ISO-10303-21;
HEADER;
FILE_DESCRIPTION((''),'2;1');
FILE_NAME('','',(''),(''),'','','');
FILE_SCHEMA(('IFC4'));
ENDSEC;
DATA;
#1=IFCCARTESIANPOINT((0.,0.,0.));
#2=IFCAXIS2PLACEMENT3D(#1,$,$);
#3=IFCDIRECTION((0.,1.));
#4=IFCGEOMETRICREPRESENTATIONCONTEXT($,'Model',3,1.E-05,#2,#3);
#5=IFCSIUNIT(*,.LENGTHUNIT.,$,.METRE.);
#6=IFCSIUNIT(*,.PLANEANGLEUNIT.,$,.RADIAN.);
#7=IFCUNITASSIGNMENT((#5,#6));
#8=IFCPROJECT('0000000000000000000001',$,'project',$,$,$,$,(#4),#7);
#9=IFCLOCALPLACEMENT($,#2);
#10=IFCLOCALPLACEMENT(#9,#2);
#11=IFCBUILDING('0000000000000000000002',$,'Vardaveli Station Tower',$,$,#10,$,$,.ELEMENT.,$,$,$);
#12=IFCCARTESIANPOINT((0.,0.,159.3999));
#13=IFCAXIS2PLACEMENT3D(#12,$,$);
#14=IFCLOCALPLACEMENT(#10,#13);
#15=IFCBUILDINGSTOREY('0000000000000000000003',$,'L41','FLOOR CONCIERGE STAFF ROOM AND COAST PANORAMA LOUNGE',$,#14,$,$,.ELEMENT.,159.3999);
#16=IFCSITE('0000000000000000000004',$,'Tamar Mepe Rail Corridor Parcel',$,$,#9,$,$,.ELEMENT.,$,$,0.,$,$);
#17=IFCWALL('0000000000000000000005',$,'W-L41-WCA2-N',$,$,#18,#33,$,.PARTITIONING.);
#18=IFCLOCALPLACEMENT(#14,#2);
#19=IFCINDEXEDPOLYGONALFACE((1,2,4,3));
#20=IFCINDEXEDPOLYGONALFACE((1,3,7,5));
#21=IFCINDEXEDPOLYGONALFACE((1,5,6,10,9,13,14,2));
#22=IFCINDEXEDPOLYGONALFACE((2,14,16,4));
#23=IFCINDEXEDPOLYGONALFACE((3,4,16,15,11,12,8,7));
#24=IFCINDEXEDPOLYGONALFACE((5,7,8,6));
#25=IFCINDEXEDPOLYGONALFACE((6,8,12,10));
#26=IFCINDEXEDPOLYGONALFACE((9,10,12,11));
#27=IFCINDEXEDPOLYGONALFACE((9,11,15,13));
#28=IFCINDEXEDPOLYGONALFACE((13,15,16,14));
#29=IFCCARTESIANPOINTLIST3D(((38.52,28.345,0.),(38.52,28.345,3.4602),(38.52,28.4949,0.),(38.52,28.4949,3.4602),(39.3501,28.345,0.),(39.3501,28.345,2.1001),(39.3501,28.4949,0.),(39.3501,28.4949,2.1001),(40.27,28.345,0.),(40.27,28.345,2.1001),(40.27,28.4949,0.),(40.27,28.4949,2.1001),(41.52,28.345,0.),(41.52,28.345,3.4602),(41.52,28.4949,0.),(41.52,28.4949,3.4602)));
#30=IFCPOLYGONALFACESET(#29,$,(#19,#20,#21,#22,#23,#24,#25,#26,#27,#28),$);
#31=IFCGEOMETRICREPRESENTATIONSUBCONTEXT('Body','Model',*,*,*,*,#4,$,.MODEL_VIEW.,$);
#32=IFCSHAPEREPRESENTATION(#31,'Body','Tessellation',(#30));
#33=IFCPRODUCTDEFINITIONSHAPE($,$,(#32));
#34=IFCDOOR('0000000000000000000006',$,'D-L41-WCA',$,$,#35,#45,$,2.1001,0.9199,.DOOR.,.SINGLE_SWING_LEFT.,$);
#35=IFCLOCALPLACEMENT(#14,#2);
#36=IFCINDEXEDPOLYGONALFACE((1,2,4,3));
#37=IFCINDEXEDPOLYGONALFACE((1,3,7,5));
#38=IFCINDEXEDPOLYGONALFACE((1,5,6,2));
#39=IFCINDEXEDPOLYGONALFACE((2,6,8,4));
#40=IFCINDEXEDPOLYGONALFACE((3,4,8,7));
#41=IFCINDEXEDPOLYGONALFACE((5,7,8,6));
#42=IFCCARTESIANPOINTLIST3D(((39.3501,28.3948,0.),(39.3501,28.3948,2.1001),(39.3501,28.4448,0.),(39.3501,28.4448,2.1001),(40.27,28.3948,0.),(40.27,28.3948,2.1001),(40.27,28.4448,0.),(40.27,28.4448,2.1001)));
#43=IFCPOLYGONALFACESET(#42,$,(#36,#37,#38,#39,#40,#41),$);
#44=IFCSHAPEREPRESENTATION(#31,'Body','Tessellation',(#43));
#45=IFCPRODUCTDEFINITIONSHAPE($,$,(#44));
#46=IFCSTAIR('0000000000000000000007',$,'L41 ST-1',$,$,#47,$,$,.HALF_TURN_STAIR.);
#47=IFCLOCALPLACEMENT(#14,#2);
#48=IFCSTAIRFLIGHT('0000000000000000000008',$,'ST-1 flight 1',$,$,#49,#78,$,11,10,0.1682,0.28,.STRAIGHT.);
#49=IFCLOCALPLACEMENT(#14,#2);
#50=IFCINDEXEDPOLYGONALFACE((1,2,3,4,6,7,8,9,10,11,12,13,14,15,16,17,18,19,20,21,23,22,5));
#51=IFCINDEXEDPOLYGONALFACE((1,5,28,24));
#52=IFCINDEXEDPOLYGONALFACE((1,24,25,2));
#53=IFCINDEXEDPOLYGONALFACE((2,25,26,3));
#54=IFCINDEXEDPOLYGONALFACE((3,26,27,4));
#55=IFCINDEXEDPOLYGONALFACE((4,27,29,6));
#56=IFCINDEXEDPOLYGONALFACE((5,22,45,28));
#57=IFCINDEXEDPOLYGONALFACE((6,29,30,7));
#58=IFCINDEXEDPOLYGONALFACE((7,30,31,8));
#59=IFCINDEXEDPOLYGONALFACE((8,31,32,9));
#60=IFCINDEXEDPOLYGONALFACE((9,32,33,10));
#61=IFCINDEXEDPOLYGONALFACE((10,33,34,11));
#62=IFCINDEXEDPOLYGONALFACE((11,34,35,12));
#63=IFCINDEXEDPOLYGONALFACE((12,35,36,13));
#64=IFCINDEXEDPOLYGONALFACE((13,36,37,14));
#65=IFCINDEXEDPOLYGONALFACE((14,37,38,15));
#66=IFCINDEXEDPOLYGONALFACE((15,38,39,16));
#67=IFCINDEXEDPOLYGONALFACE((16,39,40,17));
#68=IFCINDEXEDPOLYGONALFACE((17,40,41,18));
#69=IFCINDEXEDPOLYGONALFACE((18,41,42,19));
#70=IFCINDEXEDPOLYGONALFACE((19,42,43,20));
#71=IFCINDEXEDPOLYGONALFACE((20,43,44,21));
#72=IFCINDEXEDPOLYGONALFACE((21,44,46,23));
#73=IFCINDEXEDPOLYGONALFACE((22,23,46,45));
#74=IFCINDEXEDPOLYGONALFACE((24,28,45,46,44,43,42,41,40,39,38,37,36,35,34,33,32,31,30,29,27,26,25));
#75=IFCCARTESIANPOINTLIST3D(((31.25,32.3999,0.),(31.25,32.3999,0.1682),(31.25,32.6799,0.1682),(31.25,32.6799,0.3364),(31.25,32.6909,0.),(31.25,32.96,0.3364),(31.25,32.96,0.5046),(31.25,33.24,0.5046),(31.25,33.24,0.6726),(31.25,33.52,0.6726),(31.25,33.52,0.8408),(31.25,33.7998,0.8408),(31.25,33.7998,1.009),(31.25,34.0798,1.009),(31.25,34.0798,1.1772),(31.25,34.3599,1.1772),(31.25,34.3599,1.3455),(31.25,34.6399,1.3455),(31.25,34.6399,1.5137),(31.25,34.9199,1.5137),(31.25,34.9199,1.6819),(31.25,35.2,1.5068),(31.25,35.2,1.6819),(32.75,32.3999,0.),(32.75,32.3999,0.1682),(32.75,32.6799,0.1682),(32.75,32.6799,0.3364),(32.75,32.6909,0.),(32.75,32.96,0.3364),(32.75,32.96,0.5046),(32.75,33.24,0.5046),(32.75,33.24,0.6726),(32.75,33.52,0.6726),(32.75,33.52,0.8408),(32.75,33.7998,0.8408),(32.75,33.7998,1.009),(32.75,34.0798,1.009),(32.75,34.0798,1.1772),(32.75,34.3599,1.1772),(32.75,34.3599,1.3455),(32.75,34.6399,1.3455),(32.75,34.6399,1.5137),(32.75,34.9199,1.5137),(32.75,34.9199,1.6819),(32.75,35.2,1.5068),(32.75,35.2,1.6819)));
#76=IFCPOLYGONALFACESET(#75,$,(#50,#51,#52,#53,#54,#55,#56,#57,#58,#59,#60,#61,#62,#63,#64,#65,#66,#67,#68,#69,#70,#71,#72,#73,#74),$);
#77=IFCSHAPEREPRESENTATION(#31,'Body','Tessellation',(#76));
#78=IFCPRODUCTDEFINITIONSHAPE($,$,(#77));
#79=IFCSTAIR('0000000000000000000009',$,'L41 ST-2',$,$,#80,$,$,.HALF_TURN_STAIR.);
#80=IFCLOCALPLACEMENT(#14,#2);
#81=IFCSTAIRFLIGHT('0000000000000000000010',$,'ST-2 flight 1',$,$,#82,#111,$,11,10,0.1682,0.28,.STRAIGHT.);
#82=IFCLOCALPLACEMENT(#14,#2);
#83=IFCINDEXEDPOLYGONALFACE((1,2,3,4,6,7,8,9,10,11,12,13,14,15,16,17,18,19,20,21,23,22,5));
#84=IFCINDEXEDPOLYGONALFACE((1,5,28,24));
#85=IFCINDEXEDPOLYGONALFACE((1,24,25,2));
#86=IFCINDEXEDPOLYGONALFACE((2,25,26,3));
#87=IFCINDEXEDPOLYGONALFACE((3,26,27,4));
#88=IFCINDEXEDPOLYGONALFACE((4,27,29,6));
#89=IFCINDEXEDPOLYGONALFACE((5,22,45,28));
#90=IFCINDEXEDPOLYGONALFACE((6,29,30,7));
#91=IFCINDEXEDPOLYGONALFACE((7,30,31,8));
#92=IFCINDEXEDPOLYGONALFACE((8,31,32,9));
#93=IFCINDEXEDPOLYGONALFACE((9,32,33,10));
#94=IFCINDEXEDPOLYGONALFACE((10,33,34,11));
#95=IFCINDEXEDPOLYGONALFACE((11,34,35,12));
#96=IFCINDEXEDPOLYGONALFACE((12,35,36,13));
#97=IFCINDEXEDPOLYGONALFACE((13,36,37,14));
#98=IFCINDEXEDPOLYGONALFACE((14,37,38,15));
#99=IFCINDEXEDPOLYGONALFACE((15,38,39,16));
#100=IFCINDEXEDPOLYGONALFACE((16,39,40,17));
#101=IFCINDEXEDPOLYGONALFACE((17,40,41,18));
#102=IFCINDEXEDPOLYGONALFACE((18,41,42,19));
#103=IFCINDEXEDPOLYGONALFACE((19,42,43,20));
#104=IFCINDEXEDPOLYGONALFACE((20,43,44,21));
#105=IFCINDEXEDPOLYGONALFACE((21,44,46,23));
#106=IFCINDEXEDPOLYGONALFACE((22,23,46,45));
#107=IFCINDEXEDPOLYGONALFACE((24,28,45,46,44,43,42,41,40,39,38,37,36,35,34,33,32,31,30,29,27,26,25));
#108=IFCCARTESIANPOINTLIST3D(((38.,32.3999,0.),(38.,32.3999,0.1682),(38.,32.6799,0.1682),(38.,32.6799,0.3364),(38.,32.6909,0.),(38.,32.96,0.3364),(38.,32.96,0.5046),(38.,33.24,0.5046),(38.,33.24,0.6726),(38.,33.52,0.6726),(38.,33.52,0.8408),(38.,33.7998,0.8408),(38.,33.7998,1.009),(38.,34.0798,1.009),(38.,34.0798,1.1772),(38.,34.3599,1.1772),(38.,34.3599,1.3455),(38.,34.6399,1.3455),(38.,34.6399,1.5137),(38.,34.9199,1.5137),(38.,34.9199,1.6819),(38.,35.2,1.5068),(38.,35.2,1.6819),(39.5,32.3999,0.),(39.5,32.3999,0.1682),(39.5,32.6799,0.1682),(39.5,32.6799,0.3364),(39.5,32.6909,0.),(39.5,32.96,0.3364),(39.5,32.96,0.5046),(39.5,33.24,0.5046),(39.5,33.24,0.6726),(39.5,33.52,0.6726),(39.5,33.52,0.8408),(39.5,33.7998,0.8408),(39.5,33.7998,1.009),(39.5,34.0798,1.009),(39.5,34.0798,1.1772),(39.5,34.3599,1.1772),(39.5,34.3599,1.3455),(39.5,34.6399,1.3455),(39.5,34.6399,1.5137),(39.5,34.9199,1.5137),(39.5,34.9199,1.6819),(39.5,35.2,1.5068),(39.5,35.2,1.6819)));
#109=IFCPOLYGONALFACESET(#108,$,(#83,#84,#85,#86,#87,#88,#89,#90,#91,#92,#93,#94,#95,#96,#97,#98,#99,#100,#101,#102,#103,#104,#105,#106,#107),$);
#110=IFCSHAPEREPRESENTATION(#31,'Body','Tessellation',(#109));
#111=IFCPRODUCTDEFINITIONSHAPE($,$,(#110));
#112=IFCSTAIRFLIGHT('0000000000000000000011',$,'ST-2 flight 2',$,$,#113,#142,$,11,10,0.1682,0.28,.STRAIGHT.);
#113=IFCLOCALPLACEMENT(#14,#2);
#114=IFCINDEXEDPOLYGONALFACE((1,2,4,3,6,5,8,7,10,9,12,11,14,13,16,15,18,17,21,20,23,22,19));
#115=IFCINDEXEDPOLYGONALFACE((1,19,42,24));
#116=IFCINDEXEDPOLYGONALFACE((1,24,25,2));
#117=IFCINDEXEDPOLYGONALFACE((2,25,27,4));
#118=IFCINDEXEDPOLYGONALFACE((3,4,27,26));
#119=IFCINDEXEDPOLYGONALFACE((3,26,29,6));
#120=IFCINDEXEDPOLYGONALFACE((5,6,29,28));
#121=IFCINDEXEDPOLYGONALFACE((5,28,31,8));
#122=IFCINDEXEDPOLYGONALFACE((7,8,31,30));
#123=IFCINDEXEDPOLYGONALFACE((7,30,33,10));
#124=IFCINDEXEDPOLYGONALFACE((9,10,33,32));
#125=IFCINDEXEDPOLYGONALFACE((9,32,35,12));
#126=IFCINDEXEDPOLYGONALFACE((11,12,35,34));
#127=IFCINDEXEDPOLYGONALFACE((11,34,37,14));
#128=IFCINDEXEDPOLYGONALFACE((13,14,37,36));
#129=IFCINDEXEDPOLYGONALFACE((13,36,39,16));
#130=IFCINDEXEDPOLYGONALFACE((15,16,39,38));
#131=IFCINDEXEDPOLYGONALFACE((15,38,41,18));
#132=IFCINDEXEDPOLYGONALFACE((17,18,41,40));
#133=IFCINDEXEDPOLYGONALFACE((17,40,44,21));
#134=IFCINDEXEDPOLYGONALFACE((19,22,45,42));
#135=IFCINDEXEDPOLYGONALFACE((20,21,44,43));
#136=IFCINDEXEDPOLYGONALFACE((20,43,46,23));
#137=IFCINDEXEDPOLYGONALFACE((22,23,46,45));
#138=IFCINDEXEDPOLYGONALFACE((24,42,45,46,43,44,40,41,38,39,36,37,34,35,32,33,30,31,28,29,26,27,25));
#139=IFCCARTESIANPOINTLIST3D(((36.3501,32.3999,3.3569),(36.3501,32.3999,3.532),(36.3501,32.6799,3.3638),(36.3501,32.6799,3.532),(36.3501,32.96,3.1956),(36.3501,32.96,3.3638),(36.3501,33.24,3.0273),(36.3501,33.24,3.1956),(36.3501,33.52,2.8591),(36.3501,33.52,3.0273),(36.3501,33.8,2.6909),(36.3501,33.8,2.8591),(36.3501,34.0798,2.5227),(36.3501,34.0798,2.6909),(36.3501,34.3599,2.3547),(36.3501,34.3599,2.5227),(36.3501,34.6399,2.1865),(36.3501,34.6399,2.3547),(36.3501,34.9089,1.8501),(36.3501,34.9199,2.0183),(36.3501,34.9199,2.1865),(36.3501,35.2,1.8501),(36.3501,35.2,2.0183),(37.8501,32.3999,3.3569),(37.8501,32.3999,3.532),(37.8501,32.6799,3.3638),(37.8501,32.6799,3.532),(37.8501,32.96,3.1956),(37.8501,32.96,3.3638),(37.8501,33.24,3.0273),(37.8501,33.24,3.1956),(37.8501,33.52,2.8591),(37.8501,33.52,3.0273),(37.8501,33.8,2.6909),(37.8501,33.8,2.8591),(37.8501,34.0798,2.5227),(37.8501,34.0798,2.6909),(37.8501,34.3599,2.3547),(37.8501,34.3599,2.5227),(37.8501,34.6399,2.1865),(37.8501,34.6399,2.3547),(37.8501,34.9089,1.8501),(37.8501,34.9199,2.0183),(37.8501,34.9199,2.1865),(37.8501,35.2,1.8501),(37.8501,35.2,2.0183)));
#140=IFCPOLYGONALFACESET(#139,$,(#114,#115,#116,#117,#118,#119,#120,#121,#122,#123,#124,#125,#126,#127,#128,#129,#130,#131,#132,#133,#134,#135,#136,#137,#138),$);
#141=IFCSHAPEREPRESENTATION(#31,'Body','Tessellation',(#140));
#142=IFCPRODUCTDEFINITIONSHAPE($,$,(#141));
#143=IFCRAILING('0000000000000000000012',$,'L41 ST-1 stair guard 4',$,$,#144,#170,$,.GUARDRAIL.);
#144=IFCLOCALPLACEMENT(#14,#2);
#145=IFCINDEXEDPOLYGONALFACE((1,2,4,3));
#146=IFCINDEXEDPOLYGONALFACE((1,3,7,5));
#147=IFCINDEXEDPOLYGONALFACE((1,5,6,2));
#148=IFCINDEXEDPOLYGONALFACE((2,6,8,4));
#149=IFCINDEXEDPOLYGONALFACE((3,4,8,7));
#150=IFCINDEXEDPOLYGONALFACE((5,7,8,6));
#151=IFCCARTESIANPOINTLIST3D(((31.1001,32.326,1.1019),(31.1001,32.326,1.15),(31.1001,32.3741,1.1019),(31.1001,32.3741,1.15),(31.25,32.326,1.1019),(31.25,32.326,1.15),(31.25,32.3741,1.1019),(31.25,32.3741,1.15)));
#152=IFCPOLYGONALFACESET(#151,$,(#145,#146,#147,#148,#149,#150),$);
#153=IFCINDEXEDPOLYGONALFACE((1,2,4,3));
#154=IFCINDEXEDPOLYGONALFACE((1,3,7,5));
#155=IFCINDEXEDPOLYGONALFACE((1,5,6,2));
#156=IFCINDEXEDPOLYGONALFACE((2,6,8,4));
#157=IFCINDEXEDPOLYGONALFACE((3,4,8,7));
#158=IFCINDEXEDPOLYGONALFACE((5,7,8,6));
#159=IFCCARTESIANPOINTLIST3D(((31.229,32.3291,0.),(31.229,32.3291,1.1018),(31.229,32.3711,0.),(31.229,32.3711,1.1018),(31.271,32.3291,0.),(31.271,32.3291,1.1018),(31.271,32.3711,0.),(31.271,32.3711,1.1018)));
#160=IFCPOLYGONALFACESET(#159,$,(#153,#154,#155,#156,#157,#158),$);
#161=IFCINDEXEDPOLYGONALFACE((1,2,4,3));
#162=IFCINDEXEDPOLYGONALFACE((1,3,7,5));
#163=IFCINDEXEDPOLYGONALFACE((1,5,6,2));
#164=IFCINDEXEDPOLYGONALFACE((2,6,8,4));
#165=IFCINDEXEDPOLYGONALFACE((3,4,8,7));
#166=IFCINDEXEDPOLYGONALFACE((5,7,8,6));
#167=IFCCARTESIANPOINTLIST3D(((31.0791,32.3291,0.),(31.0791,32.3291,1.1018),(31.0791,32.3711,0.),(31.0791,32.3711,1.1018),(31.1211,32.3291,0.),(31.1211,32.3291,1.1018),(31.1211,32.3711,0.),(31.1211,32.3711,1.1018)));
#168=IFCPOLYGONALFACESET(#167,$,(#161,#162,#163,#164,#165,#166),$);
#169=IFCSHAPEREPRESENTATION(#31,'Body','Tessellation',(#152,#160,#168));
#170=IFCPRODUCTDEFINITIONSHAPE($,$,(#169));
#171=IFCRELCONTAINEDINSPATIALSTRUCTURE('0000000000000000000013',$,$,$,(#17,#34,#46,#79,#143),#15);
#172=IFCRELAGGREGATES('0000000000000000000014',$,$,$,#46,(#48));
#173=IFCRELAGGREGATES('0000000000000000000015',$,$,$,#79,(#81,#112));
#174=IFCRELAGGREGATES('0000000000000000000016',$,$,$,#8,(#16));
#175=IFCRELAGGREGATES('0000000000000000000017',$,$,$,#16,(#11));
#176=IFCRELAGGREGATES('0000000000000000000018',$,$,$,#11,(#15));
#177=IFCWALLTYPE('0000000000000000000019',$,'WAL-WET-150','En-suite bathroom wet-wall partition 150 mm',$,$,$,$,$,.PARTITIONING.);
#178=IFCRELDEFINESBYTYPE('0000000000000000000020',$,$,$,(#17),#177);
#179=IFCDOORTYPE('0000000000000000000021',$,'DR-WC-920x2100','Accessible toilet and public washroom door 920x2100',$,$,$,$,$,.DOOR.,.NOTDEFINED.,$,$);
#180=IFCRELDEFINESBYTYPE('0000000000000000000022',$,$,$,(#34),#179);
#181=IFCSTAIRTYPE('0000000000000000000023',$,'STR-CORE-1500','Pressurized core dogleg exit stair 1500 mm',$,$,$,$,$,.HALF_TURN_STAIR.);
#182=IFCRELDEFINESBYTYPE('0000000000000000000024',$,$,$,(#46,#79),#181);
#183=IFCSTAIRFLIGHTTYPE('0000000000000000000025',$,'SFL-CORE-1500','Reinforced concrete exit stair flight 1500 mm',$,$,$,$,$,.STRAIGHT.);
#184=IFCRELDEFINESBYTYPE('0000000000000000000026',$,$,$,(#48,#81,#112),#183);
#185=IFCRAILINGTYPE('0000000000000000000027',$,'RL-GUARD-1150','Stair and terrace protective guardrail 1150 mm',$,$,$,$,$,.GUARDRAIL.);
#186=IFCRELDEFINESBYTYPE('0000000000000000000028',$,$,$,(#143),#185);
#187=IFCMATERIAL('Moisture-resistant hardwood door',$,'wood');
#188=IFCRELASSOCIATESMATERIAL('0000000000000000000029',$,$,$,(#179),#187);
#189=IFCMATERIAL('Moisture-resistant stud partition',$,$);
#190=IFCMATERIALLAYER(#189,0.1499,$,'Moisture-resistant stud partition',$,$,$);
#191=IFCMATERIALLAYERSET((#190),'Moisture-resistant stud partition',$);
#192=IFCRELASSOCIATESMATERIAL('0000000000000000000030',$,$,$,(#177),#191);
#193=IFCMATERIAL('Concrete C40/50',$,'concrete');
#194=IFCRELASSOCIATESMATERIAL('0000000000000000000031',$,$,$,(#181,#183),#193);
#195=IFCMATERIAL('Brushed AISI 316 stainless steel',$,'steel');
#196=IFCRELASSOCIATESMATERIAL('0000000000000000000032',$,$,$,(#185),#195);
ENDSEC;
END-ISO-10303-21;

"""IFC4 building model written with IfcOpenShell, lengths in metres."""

from ifc_helpers import new_model, si_unit, direction, frame, frame_2d, origin, origin_2d, place, context, subcontext, project, spatial, polyline, rectangle, outline, extrude, source, transform, mapped, material, layer, layer_set, type_object, element, fill, aggregate, save


model = new_model("IFC4")

# Units and contexts
model_context = context("Model", 3, precision=1e-05, world=origin(), true_north=direction((0.0, 1.0)))
body_context = subcontext(model_context, "Body", "Model", "MODEL_VIEW")
ifc_project = project(units=[si_unit("LENGTHUNIT", "METRE"), si_unit("PLANEANGLEUNIT", "RADIAN")], contexts=[model_context])

# Site, building, storey
site_placement = place(None, origin())
site = spatial("IfcSite", under=ifc_project, at=site_placement, Name="Tamar Mepe Rail Corridor Parcel", CompositionType="ELEMENT", RefElevation=0.0)
building_placement = place(site_placement, origin())
building = spatial("IfcBuilding", under=site, at=building_placement, Name="Vardaveli Station Tower", CompositionType="ELEMENT")
storey_placement = place(building_placement, frame((0.0, 0.0, 159.3999)))
storey = spatial("IfcBuildingStorey", under=building, at=storey_placement, Name="L41", Description="FLOOR CONCIERGE STAFF ROOM AND COAST PANORAMA LOUNGE", CompositionType="ELEMENT", Elevation=159.3999)

# Shared definitions
ifc_material_1 = material(Name="Concrete C40/50", Category="concrete")

# Wall, opening, door
ifc_material_2 = material(Name="Moisture-resistant hardwood door", Category="wood")
door_type_1 = type_object("IfcDoorType", Name="DR-WC-920x2100", Description="Accessible toilet and public washroom door 920x2100", OperationType="NOTDEFINED", PredefinedType="DOOR", material=ifc_material_2)
shared_shape_1 = source(origin(), body_context, "Body", "SweptSolid", [
    extrude(rectangle(XDim=0.9199, YDim=2.1001, at=frame_2d((0.46, 1.05))), frame((0.0, 0.0249, 0.0), z_axis=(0.0, -1.0, 0.0), x_axis=(1.0, 0.0, 0.0)), (0.0, 0.0, 1.0), 0.05),
])
ifc_material_3 = material(Name="Moisture-resistant stud partition")
ifc_layer_1 = layer(ifc_material_3, 0.1499, Name="Moisture-resistant stud partition")
ifc_layer_set_1 = layer_set([ifc_layer_1], Name="Moisture-resistant stud partition")
wall_type_1 = type_object("IfcWallType", Name="WAL-WET-150", Description="En-suite bathroom wet-wall partition 150 mm", PredefinedType="PARTITIONING", material=ifc_layer_set_1)
shared_shape_2 = source(origin(), body_context, "Body", "SweptSolid", [
    extrude(rectangle(XDim=3.0, YDim=0.1499, at=frame_2d((1.5, 0.0))), origin(), (0.0, 0.0, 1.0), 3.4602),
])
wall_1_placement = place(storey_placement, frame((38.52, 28.4199, 0.0), z_axis=(0.0, 0.0, 1.0), x_axis=(1.0, 0.0, 0.0)))
wall_1 = element("IfcWall", 1, at=wall_1_placement, inside=storey, type_object=wall_type_1, Name="W-L41-WCA2-N", PredefinedType="PARTITIONING", context=body_context, shape_type="MappedRepresentation", body=[
    mapped(shared_shape_2, transform((0.0, 0.0, 0.0), scale=1.0)),
])
shared_shape_3 = source(origin(), body_context, "Body", "SweptSolid", [
    extrude(rectangle(XDim=0.9199, YDim=2.1001, at=frame_2d((0.46, 1.05))), frame((0.0, 0.085, 0.0), z_axis=(0.0, -1.0, 0.0), x_axis=(1.0, 0.0, 0.0)), (0.0, 0.0, 1.0), 0.1699),
])
opening_1_placement = place(wall_1_placement, frame((0.8301, 0.0, 0.0)))
opening_1 = element("IfcOpeningElement", 2, at=opening_1_placement, cuts=wall_1, PredefinedType="OPENING", context=body_context, shape_type="MappedRepresentation", body=[
    mapped(shared_shape_3, transform((0.0, 0.0, 0.0), scale=1.0)),
])
door_1_placement = place(opening_1_placement, origin())
door_1 = element("IfcDoor", 3, at=door_1_placement, inside=storey, type_object=door_type_1, Name="D-L41-WCA", OperationType="SINGLE_SWING_LEFT", OverallHeight=2.1001, OverallWidth=0.9199, PredefinedType="DOOR", context=body_context, shape_type="MappedRepresentation", body=[
    mapped(shared_shape_1, transform((0.0, 0.0, 0.0), scale=1.0)),
])
fill(opening_1, door_1)

# Stair, stair flight
stair_type = type_object("IfcStairType", Name="STR-CORE-1500", Description="Pressurized core dogleg exit stair 1500 mm", PredefinedType="HALF_TURN_STAIR", material=ifc_material_1)
stair_1_placement = place(storey_placement, origin())
stair_1 = element("IfcStair", 4, at=stair_1_placement, inside=storey, type_object=stair_type, Name="L41 ST-1", PredefinedType="HALF_TURN_STAIR")
stair_flight_type = type_object("IfcStairFlightType", Name="SFL-CORE-1500", Description="Reinforced concrete exit stair flight 1500 mm", PredefinedType="STRAIGHT", material=ifc_material_1)
shared_shape_4 = source(origin(), body_context, "Body", "SweptSolid", [
    extrude(outline(polyline([(0.0, 0.0), (0.0, 0.1682), (0.28, 0.1682), (0.28, 0.3364), (0.5601, 0.3364), (0.5601, 0.5046), (0.8401, 0.5046), (0.8401, 0.6726), (1.1201, 0.6726), (1.1201, 0.8408), (1.3999, 0.8408), (1.3999, 1.009), (1.6799, 1.009), (1.6799, 1.1772), (1.96, 1.1772), (1.96, 1.3455), (2.24, 1.3455), (2.24, 1.5137), (2.52, 1.5137), (2.52, 1.6819), (2.8, 1.6819), (2.8, 1.8501), (2.8, 1.5068), (0.291, 0.0), (0.0, 0.0)])), frame((0.0, 0.75, 0.0), z_axis=(0.0, -1.0, 0.0), x_axis=(1.0, 0.0, 0.0)), (0.0, 0.0, 1.0), 1.5),
])
stair_flight_1_placement = place(storey_placement, frame((32.0, 32.3999, 0.0), z_axis=(0.0, 0.0, 1.0), x_axis=(0.0, 1.0, 0.0)))
stair_flight_1 = element("IfcStairFlight", 5, at=stair_flight_1_placement, type_object=stair_flight_type, Name="ST-1 flight 1", NumberOfRisers=11, NumberOfTreads=10, PredefinedType="STRAIGHT", RiserHeight=0.1682, TreadLength=0.28, context=body_context, shape_type="MappedRepresentation", body=[
    mapped(shared_shape_4, transform((0.0, 0.0, 0.0), scale=1.0)),
])
aggregate(stair_1, [stair_flight_1])

# Stair, stair flights
stair_2_placement = place(storey_placement, origin())
stair_2 = element("IfcStair", 6, at=stair_2_placement, inside=storey, type_object=stair_type, Name="L41 ST-2", PredefinedType="HALF_TURN_STAIR")
stair_flight_2_placement = place(storey_placement, frame((38.75, 32.3999, 0.0), z_axis=(0.0, 0.0, 1.0), x_axis=(0.0, 1.0, 0.0)))
stair_flight_2 = element("IfcStairFlight", 7, at=stair_flight_2_placement, type_object=stair_flight_type, Name="ST-2 flight 1", NumberOfRisers=11, NumberOfTreads=10, PredefinedType="STRAIGHT", RiserHeight=0.1682, TreadLength=0.28, context=body_context, shape_type="MappedRepresentation", body=[
    mapped(shared_shape_4, transform((0.0, 0.0, 0.0), scale=1.0)),
])
stair_flight_3_placement = place(storey_placement, frame((37.1001, 35.2, 1.8501), z_axis=(0.0, 0.0, 1.0), x_axis=(0.0, -1.0, 0.0)))
stair_flight_3 = element("IfcStairFlight", 8, at=stair_flight_3_placement, type_object=stair_flight_type, Name="ST-2 flight 2", NumberOfRisers=11, NumberOfTreads=10, PredefinedType="STRAIGHT", RiserHeight=0.1682, TreadLength=0.28, context=body_context, shape_type="MappedRepresentation", body=[
    mapped(shared_shape_4, transform((0.0, 0.0, 0.0), scale=1.0)),
])
aggregate(stair_2, [stair_flight_2, stair_flight_3])

# Railing
ifc_material_4 = material(Name="Brushed AISI 316 stainless steel", Category="steel")
railing_type_1 = type_object("IfcRailingType", Name="RL-GUARD-1150", Description="Stair and terrace protective guardrail 1150 mm", PredefinedType="GUARDRAIL", material=ifc_material_4)
shared_shape_5 = source(origin(), body_context, "Body", "SweptSolid", [
    extrude(rectangle(XDim=0.0481, YDim=0.0481, at=origin_2d()), frame((0.0, 0.0, 1.126), z_axis=(-1.0, 0.0, 0.0), x_axis=(0.0, -1.0, 0.0)), (0.0, 0.0, 1.0), 0.1499),
    extrude(rectangle(XDim=0.042, YDim=0.042, at=origin_2d()), origin(), (0.0, 0.0, 1.0), 1.1018),
    extrude(rectangle(XDim=0.042, YDim=0.042, at=origin_2d()), frame((-0.1499, 0.0, 0.0)), (0.0, 0.0, 1.0), 1.1018),
])
for number, where, name in (
    (9, (31.25, 32.3501, 0.0), "L41 ST-1 stair guard 4"),
):
    element("IfcRailing", number, at=place(storey_placement, frame(where)), inside=storey, type_object=railing_type_1, Name=name, PredefinedType="GUARDRAIL", context=body_context, shape_type="MappedRepresentation", body=[
        mapped(shared_shape_5, transform((0.0, 0.0, 0.0), scale=1.0)),
    ])

save(model, "model.ifc")
